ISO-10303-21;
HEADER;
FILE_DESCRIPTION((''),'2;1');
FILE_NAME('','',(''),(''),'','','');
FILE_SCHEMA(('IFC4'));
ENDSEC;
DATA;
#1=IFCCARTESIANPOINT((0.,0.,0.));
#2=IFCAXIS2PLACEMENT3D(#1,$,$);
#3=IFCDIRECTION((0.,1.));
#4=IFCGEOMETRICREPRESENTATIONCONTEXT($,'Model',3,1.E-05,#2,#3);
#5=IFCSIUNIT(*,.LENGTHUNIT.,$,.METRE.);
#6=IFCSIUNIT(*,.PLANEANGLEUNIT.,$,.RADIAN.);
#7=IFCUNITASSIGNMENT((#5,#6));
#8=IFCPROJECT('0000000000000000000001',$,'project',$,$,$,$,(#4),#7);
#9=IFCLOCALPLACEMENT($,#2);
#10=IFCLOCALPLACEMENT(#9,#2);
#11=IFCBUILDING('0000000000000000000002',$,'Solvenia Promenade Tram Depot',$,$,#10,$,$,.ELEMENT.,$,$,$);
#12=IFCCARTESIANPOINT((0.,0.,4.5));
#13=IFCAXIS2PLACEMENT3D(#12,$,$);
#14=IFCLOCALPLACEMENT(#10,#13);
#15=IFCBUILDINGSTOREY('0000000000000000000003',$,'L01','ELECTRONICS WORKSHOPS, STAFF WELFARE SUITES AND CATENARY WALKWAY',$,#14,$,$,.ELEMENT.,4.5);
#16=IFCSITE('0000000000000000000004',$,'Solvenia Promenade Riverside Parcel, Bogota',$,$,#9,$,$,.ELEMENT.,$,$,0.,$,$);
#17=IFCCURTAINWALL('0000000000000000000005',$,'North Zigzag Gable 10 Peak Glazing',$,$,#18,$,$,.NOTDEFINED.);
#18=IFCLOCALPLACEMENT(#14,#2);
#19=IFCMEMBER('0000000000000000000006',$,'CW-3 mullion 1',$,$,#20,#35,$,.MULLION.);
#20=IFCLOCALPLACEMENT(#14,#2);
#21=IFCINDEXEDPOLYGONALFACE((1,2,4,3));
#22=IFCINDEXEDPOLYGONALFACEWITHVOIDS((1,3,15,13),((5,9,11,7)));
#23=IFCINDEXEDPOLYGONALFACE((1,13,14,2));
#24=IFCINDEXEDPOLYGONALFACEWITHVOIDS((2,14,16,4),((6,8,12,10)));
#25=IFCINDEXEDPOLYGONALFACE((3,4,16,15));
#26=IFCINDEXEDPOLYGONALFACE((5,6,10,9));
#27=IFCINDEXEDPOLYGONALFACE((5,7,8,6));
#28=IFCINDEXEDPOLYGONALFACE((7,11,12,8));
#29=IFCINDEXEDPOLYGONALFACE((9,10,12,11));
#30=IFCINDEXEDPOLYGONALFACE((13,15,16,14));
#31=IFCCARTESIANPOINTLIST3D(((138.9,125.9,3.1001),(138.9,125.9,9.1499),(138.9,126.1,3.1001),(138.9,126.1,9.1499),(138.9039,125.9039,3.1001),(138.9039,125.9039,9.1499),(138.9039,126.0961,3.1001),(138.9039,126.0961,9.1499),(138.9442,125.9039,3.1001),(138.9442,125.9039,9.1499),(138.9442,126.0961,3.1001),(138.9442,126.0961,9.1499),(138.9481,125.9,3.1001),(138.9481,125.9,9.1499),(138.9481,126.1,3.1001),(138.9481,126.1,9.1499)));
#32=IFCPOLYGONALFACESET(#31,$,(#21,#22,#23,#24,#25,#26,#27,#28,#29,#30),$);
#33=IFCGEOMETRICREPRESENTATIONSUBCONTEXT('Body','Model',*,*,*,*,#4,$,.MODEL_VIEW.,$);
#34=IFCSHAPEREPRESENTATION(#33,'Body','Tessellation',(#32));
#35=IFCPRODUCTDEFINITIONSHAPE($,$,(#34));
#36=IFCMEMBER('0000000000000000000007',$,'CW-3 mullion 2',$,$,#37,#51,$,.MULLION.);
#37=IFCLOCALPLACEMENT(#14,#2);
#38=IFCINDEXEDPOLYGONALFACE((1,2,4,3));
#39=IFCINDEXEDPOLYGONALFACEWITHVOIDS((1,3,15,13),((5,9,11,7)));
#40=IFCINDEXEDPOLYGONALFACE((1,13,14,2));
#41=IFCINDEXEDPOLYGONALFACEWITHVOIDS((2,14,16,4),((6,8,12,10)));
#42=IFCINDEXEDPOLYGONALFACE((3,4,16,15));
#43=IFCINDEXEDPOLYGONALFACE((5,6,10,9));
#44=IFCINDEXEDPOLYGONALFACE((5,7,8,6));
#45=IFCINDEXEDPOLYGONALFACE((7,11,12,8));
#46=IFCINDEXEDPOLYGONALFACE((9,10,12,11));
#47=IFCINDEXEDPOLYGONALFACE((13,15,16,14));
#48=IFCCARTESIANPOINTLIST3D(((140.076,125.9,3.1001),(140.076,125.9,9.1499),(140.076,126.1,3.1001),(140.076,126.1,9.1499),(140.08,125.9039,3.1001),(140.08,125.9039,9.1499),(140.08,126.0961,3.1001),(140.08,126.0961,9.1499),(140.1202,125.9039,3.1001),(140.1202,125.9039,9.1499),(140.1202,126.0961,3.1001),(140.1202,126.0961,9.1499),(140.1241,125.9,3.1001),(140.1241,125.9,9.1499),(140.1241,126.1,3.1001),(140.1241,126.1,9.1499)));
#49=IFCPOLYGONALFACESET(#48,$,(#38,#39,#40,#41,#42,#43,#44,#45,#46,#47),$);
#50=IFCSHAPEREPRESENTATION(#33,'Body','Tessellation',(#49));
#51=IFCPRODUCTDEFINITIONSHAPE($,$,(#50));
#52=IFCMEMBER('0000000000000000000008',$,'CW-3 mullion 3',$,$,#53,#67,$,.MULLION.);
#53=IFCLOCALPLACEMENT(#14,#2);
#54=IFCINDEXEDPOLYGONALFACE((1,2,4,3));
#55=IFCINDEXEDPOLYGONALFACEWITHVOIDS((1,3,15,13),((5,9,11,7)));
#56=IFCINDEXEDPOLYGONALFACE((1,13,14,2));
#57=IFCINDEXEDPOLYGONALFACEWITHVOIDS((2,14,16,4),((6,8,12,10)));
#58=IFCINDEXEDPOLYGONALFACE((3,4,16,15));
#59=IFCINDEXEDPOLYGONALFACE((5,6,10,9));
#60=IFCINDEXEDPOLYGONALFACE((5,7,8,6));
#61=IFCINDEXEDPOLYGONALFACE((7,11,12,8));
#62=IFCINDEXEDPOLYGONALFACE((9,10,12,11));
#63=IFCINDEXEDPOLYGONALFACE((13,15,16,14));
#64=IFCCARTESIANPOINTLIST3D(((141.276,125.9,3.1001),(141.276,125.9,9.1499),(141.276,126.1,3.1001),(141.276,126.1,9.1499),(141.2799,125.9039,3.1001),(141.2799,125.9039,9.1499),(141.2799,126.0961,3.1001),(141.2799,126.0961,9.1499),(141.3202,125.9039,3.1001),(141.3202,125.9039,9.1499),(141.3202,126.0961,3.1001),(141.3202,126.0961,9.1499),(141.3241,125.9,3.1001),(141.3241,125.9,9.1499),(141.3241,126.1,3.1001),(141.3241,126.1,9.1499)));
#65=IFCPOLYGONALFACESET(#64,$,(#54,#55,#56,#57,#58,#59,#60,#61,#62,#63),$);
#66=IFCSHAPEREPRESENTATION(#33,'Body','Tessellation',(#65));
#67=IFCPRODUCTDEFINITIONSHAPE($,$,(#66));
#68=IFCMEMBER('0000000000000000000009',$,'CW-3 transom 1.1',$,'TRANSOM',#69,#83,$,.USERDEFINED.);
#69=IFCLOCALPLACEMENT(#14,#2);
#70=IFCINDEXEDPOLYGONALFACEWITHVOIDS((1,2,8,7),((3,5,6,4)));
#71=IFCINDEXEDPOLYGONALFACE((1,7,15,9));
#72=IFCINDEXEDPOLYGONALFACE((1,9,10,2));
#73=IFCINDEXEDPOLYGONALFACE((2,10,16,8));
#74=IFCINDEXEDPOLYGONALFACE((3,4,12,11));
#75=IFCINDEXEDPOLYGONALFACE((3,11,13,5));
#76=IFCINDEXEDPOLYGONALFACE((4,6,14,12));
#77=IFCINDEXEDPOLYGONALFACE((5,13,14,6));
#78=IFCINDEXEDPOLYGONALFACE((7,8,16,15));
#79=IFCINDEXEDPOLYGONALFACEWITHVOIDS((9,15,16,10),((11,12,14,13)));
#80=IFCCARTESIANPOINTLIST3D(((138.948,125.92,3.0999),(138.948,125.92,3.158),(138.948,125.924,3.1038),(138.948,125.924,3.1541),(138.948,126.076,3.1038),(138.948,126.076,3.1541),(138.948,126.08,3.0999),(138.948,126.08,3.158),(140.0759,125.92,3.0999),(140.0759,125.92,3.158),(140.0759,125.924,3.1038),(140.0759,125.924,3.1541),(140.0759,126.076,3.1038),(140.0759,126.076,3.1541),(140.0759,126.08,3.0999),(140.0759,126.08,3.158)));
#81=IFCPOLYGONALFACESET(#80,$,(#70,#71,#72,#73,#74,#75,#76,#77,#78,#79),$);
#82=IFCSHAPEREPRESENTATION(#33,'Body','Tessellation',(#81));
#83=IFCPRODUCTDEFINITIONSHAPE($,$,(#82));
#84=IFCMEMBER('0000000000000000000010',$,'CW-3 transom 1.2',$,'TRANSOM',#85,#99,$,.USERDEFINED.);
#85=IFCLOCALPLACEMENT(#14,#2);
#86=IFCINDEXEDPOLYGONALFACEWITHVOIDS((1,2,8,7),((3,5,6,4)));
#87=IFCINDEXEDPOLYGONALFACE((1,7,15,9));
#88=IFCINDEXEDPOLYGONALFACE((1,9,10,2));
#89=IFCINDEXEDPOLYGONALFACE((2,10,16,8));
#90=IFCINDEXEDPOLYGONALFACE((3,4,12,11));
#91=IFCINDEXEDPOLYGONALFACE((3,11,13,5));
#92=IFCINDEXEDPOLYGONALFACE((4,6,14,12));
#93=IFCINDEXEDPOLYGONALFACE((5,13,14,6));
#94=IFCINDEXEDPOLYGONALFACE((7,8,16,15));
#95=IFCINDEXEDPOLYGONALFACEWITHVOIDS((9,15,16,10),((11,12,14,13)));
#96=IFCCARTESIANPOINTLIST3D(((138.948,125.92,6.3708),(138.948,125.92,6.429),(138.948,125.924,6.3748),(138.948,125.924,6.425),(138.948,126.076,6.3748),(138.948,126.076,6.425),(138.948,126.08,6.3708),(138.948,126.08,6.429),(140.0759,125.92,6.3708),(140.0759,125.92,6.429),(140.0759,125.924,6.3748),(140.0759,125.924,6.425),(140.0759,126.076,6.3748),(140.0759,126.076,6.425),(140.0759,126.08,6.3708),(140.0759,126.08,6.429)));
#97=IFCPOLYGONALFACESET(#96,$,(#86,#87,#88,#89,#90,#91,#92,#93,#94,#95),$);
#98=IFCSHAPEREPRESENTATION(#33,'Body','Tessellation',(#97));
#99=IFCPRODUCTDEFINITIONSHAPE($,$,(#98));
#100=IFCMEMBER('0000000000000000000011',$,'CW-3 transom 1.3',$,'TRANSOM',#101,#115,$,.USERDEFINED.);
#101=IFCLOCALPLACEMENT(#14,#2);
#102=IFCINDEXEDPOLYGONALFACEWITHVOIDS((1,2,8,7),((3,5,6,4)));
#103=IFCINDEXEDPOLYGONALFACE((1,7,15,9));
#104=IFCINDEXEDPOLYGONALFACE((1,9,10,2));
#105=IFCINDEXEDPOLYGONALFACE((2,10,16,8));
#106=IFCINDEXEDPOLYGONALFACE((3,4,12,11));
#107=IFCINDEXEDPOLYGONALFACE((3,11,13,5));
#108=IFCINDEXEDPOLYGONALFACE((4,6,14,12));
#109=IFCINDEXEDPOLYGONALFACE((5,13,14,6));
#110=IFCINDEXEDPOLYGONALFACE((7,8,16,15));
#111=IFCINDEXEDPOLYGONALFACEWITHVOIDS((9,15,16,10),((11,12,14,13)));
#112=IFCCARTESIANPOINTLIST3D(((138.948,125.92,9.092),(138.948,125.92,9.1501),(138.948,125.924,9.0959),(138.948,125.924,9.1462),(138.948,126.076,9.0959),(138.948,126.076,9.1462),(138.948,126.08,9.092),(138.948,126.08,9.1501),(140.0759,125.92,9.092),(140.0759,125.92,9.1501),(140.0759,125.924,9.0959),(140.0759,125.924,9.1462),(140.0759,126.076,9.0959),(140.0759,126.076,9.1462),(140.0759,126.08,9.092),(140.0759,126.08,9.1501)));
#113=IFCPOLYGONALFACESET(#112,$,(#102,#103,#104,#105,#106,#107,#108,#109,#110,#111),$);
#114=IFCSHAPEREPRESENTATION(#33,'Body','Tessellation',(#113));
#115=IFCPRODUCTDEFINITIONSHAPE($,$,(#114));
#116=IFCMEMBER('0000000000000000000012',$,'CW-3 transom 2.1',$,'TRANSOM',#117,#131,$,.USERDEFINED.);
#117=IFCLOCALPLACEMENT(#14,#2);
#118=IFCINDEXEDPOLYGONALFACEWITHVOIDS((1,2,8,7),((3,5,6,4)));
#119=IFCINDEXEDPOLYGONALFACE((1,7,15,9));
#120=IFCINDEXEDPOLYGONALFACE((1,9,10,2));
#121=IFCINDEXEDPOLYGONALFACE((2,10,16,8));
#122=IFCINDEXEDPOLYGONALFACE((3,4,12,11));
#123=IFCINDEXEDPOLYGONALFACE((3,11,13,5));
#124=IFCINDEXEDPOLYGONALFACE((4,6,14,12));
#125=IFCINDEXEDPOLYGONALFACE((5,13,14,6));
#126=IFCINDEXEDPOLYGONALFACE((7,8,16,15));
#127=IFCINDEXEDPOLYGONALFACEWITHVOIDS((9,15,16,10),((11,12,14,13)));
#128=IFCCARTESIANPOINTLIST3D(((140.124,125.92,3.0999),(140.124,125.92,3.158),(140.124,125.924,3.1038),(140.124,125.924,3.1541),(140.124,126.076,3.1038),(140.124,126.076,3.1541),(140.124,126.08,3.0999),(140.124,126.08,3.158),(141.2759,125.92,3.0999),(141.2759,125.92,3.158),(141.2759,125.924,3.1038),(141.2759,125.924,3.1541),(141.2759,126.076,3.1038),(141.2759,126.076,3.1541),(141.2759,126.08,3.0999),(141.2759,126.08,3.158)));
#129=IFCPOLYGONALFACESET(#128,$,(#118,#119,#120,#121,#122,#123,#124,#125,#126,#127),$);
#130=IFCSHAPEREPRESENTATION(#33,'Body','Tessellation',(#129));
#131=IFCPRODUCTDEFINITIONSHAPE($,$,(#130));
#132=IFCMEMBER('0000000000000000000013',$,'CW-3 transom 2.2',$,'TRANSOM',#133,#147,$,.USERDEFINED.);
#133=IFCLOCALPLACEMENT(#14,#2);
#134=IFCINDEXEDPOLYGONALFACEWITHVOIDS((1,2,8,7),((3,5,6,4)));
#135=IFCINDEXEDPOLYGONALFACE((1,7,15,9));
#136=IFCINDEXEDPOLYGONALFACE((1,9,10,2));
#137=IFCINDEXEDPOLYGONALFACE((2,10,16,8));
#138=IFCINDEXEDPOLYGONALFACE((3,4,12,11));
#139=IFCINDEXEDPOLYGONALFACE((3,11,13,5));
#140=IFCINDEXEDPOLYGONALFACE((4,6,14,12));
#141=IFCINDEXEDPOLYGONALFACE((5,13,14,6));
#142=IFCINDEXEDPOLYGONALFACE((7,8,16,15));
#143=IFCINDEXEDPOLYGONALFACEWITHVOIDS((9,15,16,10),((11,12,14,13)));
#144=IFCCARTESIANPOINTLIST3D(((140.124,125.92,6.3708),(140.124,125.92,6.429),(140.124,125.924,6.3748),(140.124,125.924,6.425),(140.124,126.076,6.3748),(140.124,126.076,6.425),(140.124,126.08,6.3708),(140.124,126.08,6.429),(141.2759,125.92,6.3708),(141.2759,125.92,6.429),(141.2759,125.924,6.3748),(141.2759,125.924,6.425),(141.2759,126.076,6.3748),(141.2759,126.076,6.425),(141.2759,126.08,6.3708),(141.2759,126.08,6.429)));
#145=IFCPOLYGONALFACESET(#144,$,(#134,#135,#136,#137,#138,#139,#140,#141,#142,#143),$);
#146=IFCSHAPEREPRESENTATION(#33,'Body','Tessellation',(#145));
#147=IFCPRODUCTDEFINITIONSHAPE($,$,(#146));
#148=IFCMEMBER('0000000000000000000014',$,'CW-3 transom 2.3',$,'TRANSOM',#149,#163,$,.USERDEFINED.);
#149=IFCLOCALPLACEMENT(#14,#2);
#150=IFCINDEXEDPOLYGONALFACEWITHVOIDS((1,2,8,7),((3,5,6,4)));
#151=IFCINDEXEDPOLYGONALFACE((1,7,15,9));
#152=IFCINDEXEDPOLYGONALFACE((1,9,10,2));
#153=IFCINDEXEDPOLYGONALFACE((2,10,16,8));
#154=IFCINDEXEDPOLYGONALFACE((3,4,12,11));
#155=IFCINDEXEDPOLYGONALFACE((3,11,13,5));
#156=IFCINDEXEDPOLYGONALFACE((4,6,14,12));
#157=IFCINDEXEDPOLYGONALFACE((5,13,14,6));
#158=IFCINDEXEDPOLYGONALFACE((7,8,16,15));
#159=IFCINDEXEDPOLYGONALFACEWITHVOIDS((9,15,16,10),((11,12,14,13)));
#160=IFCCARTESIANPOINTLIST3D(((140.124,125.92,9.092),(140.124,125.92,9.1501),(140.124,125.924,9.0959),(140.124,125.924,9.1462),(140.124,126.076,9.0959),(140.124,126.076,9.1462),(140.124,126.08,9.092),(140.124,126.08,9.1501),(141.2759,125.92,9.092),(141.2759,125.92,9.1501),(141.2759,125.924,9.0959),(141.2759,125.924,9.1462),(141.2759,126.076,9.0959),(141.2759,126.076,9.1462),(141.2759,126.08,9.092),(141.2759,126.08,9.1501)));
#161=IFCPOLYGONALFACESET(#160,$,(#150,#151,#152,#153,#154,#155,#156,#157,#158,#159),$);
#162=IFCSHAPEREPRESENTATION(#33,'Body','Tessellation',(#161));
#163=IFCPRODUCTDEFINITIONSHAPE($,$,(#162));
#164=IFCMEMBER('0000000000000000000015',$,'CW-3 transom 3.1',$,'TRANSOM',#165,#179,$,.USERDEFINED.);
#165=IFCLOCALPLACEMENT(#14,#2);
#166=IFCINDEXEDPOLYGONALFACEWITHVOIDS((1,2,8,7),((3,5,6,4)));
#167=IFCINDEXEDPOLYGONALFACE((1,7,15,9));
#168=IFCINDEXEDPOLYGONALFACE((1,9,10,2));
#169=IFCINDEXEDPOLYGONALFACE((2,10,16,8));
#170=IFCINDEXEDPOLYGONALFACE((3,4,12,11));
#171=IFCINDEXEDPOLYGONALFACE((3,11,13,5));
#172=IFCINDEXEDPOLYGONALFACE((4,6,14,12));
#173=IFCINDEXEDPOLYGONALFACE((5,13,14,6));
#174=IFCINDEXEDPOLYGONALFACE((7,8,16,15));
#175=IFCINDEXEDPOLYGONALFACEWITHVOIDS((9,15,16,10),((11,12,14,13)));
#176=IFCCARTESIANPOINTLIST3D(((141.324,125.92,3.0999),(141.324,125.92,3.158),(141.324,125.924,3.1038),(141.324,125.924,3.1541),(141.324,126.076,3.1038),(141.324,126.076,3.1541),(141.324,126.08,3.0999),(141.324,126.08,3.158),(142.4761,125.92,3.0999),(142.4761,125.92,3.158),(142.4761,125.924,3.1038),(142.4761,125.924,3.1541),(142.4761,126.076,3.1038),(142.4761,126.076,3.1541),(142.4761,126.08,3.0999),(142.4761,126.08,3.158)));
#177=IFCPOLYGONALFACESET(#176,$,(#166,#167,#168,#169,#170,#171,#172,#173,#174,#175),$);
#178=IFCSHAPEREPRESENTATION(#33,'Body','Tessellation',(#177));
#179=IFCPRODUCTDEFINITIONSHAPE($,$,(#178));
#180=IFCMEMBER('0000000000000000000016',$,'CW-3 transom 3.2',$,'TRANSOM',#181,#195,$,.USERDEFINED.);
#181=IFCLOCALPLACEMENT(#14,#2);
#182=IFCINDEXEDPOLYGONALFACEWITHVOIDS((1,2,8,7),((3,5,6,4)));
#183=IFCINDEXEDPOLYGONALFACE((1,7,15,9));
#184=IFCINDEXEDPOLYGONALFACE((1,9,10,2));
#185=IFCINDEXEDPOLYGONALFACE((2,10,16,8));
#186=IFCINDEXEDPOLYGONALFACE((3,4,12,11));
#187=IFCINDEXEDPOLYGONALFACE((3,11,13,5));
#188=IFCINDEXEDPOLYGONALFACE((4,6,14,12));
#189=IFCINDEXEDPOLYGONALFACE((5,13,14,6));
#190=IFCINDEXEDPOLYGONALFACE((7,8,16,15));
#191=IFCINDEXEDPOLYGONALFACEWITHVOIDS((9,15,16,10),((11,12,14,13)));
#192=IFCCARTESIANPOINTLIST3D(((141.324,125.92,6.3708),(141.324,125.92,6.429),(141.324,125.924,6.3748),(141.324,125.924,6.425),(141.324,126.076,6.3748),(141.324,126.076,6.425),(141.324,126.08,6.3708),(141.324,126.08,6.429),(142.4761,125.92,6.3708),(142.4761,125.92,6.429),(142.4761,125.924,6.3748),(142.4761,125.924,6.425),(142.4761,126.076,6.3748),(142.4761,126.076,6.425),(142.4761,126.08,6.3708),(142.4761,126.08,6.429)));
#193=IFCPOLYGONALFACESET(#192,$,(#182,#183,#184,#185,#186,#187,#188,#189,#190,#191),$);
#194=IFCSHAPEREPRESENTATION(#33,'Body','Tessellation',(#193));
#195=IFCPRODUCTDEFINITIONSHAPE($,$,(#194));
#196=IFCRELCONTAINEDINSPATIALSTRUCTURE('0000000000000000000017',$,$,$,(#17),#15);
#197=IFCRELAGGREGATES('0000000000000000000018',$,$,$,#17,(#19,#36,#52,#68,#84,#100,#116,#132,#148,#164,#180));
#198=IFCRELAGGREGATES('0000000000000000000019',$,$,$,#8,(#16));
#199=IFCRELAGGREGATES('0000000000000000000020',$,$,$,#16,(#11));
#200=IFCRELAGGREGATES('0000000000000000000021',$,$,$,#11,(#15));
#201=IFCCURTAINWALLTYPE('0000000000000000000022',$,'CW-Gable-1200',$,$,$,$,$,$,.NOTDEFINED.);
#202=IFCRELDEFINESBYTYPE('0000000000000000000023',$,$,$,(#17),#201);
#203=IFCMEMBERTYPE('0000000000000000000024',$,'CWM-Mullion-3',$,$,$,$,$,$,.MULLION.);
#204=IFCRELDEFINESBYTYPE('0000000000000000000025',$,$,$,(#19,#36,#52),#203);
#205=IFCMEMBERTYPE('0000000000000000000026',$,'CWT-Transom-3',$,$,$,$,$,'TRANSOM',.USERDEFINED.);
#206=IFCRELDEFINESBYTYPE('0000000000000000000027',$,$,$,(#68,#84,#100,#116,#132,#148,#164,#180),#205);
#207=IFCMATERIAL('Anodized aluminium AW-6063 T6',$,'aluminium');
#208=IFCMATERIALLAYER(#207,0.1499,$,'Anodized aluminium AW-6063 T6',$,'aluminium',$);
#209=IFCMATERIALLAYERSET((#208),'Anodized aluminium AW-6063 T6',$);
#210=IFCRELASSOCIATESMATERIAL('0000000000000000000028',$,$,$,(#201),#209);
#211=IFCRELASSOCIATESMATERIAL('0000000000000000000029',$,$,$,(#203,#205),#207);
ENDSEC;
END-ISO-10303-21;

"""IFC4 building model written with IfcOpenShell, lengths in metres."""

from ifc_helpers import new_model, si_unit, direction, frame, origin, origin_2d, place, context, subcontext, project, spatial, hollow_rectangle, extrude, material, layer, layer_set, material_profile, profile_set, type_object, element, aggregate, save


model = new_model("IFC4")

# Units and contexts
model_context = context("Model", 3, precision=1e-05, world=origin(), true_north=direction((0.0, 1.0)))
body_context = subcontext(model_context, "Body", "Model", "MODEL_VIEW")
ifc_project = project(units=[si_unit("LENGTHUNIT", "METRE"), si_unit("PLANEANGLEUNIT", "RADIAN")], contexts=[model_context])

# Site, building, storey
site_placement = place(None, origin())
site = spatial("IfcSite", under=ifc_project, at=site_placement, Name="Solvenia Promenade Riverside Parcel, Bogota", CompositionType="ELEMENT", RefElevation=0.0)
building_placement = place(site_placement, origin())
building = spatial("IfcBuilding", under=site, at=building_placement, Name="Solvenia Promenade Tram Depot", CompositionType="ELEMENT")
storey_placement = place(building_placement, frame((0.0, 0.0, 4.5)))
storey = spatial("IfcBuildingStorey", under=building, at=storey_placement, Name="L01", Description="ELECTRONICS WORKSHOPS, STAFF WELFARE SUITES AND CATENARY WALKWAY", CompositionType="ELEMENT", Elevation=4.5)

# Curtain wall, members
ifc_material_1 = material(Name="Anodized aluminium AW-6063 T6", Category="aluminium")
ifc_layer_1 = layer(ifc_material_1, 0.1499, Name="Anodized aluminium AW-6063 T6", Category="aluminium")
ifc_layer_set_1 = layer_set([ifc_layer_1], Name="Anodized aluminium AW-6063 T6")
curtain_wall_type = type_object("IfcCurtainWallType", Name="CW-Gable-1200", PredefinedType="NOTDEFINED", material=ifc_layer_set_1)
curtain_wall_placement = place(storey_placement, origin())
curtain_wall = element("IfcCurtainWall", 1, at=curtain_wall_placement, inside=storey, type_object=curtain_wall_type, Name="North Zigzag Gable 10 Peak Glazing", PredefinedType="NOTDEFINED")
ifc_material_profile_1 = material_profile(ifc_material_1, hollow_rectangle(XDim=0.2, YDim=0.0481, WallThickness=0.0039, at=origin_2d()), Name="ALU-M3", Category="aluminium")
ifc_profile_set_1 = profile_set([ifc_material_profile_1], Name="Anodized aluminium AW-6063 T6")
member_type_1 = type_object("IfcMemberType", Name="CWM-Mullion-3", PredefinedType="MULLION", material=ifc_profile_set_1)
member_1_placement = place(storey_placement, frame((138.9241, 126.0, 3.1001), z_axis=(0.0, 0.0, 1.0), x_axis=(0.0, 1.0, 0.0)))
member_1 = element("IfcMember", 2, at=member_1_placement, type_object=member_type_1, Name="CW-3 mullion 1", PredefinedType="MULLION", context=body_context, shape_type="SweptSolid", body=[
    extrude(hollow_rectangle(XDim=0.2, YDim=0.0481, WallThickness=0.0039, at=origin_2d()), origin(), (0.0, 0.0, 1.0), 6.0498),
])
member_2_placement = place(storey_placement, frame((140.1001, 126.0, 3.1001), z_axis=(0.0, 0.0, 1.0), x_axis=(0.0, 1.0, 0.0)))
member_2 = element("IfcMember", 3, at=member_2_placement, type_object=member_type_1, Name="CW-3 mullion 2", PredefinedType="MULLION", context=body_context, shape_type="SweptSolid", body=[
    extrude(hollow_rectangle(XDim=0.2, YDim=0.0481, WallThickness=0.0039, at=origin_2d()), origin(), (0.0, 0.0, 1.0), 6.0498),
])
member_3_placement = place(storey_placement, frame((141.3, 126.0, 3.1001), z_axis=(0.0, 0.0, 1.0), x_axis=(0.0, 1.0, 0.0)))
member_3 = element("IfcMember", 4, at=member_3_placement, type_object=member_type_1, Name="CW-3 mullion 3", PredefinedType="MULLION", context=body_context, shape_type="SweptSolid", body=[
    extrude(hollow_rectangle(XDim=0.2, YDim=0.0481, WallThickness=0.0039, at=origin_2d()), origin(), (0.0, 0.0, 1.0), 6.0498),
])
ifc_material_profile_2 = material_profile(ifc_material_1, hollow_rectangle(XDim=0.1599, YDim=0.0581, WallThickness=0.0039, at=origin_2d()), Name="ALU-T3", Category="aluminium")
ifc_profile_set_2 = profile_set([ifc_material_profile_2], Name="Anodized aluminium AW-6063 T6")
member_type_2 = type_object("IfcMemberType", Name="CWT-Transom-3", ElementType="TRANSOM", PredefinedType="USERDEFINED", material=ifc_profile_set_2)
member_4_placement = place(storey_placement, frame((138.948, 126.0, 3.1289), z_axis=(1.0, 0.0, 0.0), x_axis=(0.0, 1.0, 0.0)))
member_4 = element("IfcMember", 5, at=member_4_placement, type_object=member_type_2, Name="CW-3 transom 1.1", ObjectType="TRANSOM", PredefinedType="USERDEFINED", context=body_context, shape_type="SweptSolid", body=[
    extrude(hollow_rectangle(XDim=0.1599, YDim=0.0581, WallThickness=0.0039, at=origin_2d()), origin(), (0.0, 0.0, 1.0), 1.1279),
])
member_5_placement = place(storey_placement, frame((138.948, 126.0, 6.3999), z_axis=(1.0, 0.0, 0.0), x_axis=(0.0, 1.0, 0.0)))
member_5 = element("IfcMember", 6, at=member_5_placement, type_object=member_type_2, Name="CW-3 transom 1.2", ObjectType="TRANSOM", PredefinedType="USERDEFINED", context=body_context, shape_type="SweptSolid", body=[
    extrude(hollow_rectangle(XDim=0.1599, YDim=0.0581, WallThickness=0.0039, at=origin_2d()), origin(), (0.0, 0.0, 1.0), 1.1279),
])
member_6_placement = place(storey_placement, frame((138.948, 126.0, 9.1211), z_axis=(1.0, 0.0, 0.0), x_axis=(0.0, 1.0, 0.0)))
member_6 = element("IfcMember", 7, at=member_6_placement, type_object=member_type_2, Name="CW-3 transom 1.3", ObjectType="TRANSOM", PredefinedType="USERDEFINED", context=body_context, shape_type="SweptSolid", body=[
    extrude(hollow_rectangle(XDim=0.1599, YDim=0.0581, WallThickness=0.0039, at=origin_2d()), origin(), (0.0, 0.0, 1.0), 1.1279),
])
member_7_placement = place(storey_placement, frame((140.124, 126.0, 3.1289), z_axis=(1.0, 0.0, 0.0), x_axis=(0.0, 1.0, 0.0)))
member_7 = element("IfcMember", 8, at=member_7_placement, type_object=member_type_2, Name="CW-3 transom 2.1", ObjectType="TRANSOM", PredefinedType="USERDEFINED", context=body_context, shape_type="SweptSolid", body=[
    extrude(hollow_rectangle(XDim=0.1599, YDim=0.0581, WallThickness=0.0039, at=origin_2d()), origin(), (0.0, 0.0, 1.0), 1.1519),
])
member_8_placement = place(storey_placement, frame((140.124, 126.0, 6.3999), z_axis=(1.0, 0.0, 0.0), x_axis=(0.0, 1.0, 0.0)))
member_8 = element("IfcMember", 9, at=member_8_placement, type_object=member_type_2, Name="CW-3 transom 2.2", ObjectType="TRANSOM", PredefinedType="USERDEFINED", context=body_context, shape_type="SweptSolid", body=[
    extrude(hollow_rectangle(XDim=0.1599, YDim=0.0581, WallThickness=0.0039, at=origin_2d()), origin(), (0.0, 0.0, 1.0), 1.1519),
])
member_9_placement = place(storey_placement, frame((140.124, 126.0, 9.1211), z_axis=(1.0, 0.0, 0.0), x_axis=(0.0, 1.0, 0.0)))
member_9 = element("IfcMember", 10, at=member_9_placement, type_object=member_type_2, Name="CW-3 transom 2.3", ObjectType="TRANSOM", PredefinedType="USERDEFINED", context=body_context, shape_type="SweptSolid", body=[
    extrude(hollow_rectangle(XDim=0.1599, YDim=0.0581, WallThickness=0.0039, at=origin_2d()), origin(), (0.0, 0.0, 1.0), 1.1519),
])
member_10_placement = place(storey_placement, frame((141.324, 126.0, 3.1289), z_axis=(1.0, 0.0, 0.0), x_axis=(0.0, 1.0, 0.0)))
member_10 = element("IfcMember", 11, at=member_10_placement, type_object=member_type_2, Name="CW-3 transom 3.1", ObjectType="TRANSOM", PredefinedType="USERDEFINED", context=body_context, shape_type="SweptSolid", body=[
    extrude(hollow_rectangle(XDim=0.1599, YDim=0.0581, WallThickness=0.0039, at=origin_2d()), origin(), (0.0, 0.0, 1.0), 1.1521),
])
member_11_placement = place(storey_placement, frame((141.324, 126.0, 6.3999), z_axis=(1.0, 0.0, 0.0), x_axis=(0.0, 1.0, 0.0)))
member_11 = element("IfcMember", 12, at=member_11_placement, type_object=member_type_2, Name="CW-3 transom 3.2", ObjectType="TRANSOM", PredefinedType="USERDEFINED", context=body_context, shape_type="SweptSolid", body=[
    extrude(hollow_rectangle(XDim=0.1599, YDim=0.0581, WallThickness=0.0039, at=origin_2d()), origin(), (0.0, 0.0, 1.0), 1.1521),
])

aggregate(curtain_wall, [member_1, member_2, member_3, member_4, member_5, member_6, member_7, member_8, member_9, member_10, member_11])

save(model, "model.ifc")
